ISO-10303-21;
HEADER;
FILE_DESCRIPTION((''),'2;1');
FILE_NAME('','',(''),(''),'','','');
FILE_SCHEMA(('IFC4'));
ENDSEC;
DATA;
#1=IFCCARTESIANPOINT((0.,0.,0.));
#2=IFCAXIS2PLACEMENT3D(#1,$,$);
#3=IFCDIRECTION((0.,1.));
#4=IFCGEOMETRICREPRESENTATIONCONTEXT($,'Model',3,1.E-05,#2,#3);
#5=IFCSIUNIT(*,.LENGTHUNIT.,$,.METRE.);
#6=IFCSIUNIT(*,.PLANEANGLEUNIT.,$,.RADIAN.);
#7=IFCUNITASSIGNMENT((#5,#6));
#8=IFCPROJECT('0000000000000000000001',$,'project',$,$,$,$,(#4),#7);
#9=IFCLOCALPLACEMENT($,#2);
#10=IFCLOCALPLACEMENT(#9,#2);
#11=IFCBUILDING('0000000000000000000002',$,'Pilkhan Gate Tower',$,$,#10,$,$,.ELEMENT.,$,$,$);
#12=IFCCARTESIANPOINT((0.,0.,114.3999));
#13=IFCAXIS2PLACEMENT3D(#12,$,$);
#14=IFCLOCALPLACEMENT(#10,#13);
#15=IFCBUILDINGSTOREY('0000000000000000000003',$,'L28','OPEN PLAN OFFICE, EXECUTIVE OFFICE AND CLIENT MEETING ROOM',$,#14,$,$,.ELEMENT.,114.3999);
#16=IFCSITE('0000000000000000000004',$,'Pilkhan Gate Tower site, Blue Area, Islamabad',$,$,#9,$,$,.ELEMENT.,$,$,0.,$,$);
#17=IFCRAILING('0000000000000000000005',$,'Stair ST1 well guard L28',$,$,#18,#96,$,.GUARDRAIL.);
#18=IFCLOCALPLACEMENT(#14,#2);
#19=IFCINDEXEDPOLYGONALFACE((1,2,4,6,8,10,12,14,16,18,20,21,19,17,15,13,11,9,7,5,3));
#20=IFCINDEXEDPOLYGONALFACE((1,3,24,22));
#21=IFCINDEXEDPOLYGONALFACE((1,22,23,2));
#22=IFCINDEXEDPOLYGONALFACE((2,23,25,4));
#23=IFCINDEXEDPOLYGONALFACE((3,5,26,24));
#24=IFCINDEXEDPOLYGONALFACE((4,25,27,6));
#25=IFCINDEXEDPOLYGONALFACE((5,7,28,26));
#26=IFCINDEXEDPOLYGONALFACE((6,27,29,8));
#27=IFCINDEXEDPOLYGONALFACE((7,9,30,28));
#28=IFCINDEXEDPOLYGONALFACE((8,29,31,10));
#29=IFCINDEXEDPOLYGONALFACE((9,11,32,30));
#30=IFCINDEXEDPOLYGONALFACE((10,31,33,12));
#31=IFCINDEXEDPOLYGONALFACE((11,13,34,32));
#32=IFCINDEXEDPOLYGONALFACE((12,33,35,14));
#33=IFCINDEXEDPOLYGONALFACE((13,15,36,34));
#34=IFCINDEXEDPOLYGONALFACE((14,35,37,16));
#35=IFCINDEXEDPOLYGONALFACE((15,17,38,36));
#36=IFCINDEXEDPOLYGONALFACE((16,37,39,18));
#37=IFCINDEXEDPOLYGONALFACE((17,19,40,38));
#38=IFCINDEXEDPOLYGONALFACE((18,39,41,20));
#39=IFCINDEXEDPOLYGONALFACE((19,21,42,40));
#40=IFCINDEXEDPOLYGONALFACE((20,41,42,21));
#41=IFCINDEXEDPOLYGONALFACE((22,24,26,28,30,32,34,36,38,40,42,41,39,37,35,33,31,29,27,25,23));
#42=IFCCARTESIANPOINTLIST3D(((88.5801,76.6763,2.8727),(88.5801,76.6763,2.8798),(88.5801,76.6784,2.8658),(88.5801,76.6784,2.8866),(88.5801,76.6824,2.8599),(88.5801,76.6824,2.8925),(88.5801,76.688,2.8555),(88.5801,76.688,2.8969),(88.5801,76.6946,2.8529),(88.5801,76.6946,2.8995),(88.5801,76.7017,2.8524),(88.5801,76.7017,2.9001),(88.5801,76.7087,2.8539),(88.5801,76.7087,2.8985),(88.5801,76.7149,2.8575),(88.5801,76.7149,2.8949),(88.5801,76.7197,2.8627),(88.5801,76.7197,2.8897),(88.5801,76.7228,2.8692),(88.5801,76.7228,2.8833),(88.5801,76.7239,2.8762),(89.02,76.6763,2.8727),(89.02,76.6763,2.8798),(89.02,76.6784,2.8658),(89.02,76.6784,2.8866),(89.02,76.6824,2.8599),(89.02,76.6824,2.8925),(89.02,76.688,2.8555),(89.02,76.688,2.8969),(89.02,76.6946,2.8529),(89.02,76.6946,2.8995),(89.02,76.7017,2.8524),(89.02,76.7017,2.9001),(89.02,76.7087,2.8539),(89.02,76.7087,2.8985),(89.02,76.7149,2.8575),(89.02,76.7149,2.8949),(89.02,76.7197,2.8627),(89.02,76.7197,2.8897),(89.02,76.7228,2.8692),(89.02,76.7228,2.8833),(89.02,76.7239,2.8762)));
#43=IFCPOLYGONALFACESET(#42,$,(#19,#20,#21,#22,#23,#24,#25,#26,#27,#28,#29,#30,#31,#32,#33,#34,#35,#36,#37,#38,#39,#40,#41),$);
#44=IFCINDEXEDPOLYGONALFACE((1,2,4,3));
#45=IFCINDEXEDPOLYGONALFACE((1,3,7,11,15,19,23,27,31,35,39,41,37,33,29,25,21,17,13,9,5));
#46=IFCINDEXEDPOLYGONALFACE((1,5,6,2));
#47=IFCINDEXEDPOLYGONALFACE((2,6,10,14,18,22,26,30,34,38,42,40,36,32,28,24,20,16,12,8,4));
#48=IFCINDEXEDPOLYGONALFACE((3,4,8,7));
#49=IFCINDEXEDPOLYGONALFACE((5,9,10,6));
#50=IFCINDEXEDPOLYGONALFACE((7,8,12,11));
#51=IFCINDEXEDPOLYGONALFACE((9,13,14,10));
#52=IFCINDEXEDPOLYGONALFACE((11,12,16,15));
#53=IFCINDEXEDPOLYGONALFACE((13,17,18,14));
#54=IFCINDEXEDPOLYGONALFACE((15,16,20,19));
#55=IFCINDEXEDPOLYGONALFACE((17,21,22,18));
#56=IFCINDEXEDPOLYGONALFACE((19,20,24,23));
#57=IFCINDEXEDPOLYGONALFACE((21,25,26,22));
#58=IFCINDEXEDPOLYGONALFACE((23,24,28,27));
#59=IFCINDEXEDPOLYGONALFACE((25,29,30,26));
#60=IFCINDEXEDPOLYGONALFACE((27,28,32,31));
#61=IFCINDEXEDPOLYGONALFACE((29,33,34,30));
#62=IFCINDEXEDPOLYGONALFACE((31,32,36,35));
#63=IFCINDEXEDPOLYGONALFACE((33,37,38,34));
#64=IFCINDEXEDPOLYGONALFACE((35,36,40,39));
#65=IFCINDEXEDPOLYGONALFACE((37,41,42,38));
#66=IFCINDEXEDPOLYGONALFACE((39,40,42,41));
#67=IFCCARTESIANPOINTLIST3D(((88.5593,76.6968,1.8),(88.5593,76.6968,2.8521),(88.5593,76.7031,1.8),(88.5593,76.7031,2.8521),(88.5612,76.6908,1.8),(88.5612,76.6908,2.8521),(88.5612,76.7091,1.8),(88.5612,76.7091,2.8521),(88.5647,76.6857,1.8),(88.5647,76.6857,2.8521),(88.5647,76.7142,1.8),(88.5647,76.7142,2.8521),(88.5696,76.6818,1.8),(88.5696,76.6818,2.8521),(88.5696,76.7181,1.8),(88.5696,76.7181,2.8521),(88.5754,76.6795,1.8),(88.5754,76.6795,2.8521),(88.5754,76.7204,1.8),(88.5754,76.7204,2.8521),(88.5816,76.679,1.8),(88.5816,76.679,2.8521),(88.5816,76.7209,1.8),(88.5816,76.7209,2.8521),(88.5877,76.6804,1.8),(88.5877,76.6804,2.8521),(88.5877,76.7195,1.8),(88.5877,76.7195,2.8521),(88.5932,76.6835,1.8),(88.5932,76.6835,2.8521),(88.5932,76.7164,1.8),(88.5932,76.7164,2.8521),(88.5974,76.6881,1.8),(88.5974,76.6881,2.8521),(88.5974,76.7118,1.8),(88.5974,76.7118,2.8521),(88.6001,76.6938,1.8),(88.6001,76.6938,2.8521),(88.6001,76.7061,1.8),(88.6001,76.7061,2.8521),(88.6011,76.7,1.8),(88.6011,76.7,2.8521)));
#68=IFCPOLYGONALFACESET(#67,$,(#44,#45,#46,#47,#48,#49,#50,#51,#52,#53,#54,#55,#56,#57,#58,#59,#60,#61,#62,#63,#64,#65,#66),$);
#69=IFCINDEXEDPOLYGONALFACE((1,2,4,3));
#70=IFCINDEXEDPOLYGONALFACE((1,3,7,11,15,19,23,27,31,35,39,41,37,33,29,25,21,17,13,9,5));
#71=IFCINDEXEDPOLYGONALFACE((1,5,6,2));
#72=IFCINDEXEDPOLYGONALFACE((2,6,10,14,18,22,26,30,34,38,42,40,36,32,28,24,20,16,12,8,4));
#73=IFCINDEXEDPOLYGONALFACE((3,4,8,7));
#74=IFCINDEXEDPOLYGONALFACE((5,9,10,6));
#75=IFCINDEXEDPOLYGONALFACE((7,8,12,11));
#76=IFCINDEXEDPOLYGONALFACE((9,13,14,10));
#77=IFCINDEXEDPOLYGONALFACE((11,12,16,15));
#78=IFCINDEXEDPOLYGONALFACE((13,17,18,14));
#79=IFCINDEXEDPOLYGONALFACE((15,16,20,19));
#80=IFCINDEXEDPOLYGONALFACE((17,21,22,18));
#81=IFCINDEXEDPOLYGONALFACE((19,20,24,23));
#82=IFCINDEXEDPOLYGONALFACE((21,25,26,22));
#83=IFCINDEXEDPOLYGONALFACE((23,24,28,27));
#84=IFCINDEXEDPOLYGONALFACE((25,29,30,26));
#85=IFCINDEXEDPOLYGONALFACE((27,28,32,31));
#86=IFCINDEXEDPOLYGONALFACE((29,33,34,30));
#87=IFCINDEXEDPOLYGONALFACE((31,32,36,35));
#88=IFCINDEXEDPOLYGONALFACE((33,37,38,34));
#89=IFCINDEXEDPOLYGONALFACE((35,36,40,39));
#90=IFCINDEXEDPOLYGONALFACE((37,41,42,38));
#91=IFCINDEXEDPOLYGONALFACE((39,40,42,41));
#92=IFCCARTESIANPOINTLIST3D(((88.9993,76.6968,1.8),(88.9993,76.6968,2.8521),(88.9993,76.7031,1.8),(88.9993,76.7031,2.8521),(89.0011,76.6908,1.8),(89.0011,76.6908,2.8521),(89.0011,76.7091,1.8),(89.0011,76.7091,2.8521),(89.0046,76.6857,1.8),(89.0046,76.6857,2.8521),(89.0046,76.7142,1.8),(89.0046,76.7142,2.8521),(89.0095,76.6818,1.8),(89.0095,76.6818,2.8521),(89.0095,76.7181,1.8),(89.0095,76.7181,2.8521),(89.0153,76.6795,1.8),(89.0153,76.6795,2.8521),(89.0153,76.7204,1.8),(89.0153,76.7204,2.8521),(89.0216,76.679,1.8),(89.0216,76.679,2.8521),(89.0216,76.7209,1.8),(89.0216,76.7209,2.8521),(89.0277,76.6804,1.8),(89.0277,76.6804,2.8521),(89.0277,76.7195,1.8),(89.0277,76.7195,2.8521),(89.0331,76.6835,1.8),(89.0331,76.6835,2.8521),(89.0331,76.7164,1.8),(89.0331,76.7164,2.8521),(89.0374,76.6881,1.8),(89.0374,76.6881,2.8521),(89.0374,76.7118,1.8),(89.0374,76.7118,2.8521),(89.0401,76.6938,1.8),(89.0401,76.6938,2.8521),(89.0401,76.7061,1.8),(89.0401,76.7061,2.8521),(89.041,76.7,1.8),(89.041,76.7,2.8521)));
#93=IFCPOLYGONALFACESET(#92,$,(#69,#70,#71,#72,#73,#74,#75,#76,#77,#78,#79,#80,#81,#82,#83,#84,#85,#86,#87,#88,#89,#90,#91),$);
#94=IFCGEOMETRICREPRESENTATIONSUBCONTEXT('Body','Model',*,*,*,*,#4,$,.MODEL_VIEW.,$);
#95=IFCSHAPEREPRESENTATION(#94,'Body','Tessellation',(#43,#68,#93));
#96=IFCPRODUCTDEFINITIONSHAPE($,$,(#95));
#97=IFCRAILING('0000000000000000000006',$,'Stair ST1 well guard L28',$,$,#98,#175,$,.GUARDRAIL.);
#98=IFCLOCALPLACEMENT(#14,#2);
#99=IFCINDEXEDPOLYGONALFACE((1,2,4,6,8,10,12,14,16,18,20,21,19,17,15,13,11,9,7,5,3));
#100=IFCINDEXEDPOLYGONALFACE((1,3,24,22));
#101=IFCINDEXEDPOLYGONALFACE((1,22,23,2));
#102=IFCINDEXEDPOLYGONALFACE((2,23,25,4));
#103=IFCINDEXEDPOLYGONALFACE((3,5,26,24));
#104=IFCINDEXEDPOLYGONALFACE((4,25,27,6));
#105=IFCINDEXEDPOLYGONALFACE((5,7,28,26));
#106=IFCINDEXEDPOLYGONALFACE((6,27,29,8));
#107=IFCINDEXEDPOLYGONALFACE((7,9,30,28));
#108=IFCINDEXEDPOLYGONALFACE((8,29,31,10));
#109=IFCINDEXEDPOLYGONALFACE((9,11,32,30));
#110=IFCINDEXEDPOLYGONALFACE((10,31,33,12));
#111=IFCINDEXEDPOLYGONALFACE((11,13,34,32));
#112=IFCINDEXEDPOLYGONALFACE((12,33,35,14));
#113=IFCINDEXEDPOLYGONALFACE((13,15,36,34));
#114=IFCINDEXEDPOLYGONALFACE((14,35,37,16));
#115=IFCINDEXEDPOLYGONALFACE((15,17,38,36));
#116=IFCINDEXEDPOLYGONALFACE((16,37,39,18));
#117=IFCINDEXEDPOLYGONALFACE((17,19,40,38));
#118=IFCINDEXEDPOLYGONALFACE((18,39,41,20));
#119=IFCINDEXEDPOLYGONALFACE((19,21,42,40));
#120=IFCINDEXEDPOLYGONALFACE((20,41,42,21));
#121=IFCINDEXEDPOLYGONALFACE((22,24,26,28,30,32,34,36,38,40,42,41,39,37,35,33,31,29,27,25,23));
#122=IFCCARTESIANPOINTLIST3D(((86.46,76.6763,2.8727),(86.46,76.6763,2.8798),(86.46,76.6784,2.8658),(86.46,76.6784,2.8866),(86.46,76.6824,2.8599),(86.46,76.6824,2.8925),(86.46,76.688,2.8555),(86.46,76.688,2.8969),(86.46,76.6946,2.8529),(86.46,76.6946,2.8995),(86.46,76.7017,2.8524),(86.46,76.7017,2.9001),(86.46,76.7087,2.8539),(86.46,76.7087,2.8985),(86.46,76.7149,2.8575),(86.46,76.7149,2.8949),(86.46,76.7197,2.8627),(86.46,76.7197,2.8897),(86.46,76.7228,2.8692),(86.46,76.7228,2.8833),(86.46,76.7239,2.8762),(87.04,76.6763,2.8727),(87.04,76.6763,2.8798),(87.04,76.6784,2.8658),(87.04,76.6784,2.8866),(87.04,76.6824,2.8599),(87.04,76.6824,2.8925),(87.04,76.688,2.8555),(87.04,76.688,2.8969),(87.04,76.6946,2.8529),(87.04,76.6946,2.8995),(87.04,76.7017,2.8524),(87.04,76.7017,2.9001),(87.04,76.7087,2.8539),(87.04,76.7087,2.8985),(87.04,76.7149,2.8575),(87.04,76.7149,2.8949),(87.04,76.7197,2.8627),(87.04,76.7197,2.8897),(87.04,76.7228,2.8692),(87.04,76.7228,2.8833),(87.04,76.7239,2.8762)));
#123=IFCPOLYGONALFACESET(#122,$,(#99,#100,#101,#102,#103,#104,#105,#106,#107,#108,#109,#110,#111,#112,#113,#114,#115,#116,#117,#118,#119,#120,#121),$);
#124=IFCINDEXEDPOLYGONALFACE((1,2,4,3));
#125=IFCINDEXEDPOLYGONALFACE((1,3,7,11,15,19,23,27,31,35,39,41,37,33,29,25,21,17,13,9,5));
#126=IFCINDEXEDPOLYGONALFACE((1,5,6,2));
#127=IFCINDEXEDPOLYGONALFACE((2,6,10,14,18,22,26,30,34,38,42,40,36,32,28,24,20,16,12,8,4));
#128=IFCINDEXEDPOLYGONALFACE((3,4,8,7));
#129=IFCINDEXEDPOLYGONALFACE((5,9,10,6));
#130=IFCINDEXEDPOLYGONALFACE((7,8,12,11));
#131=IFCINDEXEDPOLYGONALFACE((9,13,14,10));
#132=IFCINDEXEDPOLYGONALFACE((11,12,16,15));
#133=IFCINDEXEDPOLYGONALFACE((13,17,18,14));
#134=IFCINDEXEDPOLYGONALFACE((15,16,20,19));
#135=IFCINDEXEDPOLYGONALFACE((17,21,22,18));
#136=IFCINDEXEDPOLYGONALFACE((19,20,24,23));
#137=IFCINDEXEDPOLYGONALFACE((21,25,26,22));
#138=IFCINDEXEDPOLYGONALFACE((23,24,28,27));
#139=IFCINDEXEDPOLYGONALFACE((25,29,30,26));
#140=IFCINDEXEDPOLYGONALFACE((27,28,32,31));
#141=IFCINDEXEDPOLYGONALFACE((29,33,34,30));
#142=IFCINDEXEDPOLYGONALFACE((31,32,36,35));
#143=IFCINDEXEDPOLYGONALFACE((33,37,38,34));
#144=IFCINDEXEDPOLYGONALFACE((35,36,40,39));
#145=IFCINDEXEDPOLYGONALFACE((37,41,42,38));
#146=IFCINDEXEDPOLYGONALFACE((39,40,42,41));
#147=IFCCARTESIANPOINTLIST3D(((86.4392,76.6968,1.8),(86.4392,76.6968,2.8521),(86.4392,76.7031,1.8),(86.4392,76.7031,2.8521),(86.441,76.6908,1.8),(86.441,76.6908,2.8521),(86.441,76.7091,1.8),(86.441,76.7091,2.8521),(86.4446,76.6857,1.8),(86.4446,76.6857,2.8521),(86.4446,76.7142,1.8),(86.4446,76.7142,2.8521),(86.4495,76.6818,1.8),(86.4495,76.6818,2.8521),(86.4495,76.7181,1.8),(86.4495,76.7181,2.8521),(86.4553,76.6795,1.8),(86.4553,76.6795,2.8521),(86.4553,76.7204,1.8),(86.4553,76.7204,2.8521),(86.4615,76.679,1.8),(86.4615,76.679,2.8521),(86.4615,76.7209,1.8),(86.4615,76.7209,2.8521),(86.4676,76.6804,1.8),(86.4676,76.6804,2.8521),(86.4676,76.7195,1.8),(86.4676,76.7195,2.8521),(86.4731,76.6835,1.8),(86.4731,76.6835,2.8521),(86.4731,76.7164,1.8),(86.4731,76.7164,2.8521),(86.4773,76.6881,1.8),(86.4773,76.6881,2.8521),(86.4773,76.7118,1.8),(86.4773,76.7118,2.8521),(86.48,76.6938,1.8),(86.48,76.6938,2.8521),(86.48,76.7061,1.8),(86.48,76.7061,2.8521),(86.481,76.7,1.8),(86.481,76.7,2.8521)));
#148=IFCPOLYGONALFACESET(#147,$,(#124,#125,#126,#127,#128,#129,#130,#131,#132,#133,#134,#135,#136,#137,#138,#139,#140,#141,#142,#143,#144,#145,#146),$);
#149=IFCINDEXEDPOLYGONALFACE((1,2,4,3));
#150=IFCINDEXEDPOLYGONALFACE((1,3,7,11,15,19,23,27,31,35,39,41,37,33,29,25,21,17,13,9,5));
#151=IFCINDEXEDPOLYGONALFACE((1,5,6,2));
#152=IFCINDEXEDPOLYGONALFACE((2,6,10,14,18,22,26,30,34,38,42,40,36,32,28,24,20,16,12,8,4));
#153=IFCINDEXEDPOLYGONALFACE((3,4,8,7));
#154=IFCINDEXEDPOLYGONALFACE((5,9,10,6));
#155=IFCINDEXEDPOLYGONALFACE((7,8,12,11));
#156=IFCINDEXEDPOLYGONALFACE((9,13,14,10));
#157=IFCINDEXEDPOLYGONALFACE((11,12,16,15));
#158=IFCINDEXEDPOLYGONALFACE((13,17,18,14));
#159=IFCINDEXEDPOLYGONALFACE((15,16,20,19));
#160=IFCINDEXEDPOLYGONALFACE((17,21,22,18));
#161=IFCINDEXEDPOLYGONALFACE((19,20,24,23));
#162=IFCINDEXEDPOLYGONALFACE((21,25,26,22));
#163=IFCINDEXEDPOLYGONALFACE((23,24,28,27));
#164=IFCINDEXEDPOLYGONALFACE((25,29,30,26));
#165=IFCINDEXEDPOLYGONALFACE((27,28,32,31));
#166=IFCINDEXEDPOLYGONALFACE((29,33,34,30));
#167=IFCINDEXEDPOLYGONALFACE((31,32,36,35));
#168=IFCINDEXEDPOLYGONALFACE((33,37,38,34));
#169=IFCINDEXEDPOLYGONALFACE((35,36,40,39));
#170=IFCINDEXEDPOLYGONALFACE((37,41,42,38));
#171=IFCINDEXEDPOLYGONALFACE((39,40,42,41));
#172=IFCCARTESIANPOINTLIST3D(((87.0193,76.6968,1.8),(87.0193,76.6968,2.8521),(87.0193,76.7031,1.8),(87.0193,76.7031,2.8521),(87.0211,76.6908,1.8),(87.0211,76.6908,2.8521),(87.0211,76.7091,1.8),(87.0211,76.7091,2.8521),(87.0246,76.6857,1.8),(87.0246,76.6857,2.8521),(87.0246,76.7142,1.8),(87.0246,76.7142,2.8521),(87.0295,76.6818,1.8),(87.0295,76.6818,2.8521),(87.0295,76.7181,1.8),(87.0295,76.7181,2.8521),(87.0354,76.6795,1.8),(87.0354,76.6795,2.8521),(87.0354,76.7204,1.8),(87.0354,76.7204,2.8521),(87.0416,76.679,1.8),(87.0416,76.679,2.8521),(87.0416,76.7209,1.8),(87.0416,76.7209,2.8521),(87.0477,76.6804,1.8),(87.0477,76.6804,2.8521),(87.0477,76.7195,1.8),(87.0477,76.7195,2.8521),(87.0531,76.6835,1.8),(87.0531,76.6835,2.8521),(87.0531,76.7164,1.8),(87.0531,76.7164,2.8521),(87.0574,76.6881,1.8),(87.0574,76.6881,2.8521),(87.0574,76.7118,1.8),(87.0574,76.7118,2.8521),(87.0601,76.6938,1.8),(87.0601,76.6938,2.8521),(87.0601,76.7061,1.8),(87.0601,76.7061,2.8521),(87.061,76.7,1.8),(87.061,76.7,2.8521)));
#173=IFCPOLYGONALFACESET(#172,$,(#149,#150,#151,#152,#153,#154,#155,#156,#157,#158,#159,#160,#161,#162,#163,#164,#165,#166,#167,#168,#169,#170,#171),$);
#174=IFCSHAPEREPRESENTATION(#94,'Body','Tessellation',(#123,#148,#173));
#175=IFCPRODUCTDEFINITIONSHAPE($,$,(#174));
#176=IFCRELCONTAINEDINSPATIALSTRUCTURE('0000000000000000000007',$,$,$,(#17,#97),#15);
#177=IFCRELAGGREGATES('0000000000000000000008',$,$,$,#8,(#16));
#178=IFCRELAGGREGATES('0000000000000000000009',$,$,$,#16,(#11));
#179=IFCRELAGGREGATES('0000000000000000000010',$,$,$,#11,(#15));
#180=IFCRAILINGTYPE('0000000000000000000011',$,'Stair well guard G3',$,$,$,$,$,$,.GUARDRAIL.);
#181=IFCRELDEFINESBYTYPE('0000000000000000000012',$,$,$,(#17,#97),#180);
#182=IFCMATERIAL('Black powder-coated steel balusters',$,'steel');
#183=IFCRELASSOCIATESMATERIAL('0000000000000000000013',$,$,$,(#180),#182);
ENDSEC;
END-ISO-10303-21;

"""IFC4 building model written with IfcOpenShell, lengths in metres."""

from ifc_helpers import new_model, si_unit, direction, frame, origin, origin_2d, place, context, subcontext, project, spatial, circle, extrude, material, type_object, element, save


model = new_model("IFC4")

# Units and contexts
model_context = context("Model", 3, precision=1e-05, world=origin(), true_north=direction((0.0, 1.0)))
body_context = subcontext(model_context, "Body", "Model", "MODEL_VIEW")
ifc_project = project(units=[si_unit("LENGTHUNIT", "METRE"), si_unit("PLANEANGLEUNIT", "RADIAN")], contexts=[model_context])

# Site, building, storey
site_placement = place(None, origin())
site = spatial("IfcSite", under=ifc_project, at=site_placement, Name="Pilkhan Gate Tower site, Blue Area, Islamabad", CompositionType="ELEMENT", RefElevation=0.0)
building_placement = place(site_placement, origin())
building = spatial("IfcBuilding", under=site, at=building_placement, Name="Pilkhan Gate Tower", CompositionType="ELEMENT")
storey_placement = place(building_placement, frame((0.0, 0.0, 114.3999)))
storey = spatial("IfcBuildingStorey", under=building, at=storey_placement, Name="L28", Description="OPEN PLAN OFFICE, EXECUTIVE OFFICE AND CLIENT MEETING ROOM", CompositionType="ELEMENT", Elevation=114.3999)

# Railings
ifc_material_1 = material(Name="Black powder-coated steel balusters", Category="steel")
railing_type_1 = type_object("IfcRailingType", Name="Stair well guard G3", PredefinedType="GUARDRAIL", material=ifc_material_1)
railing_1_placement = place(storey_placement, frame((88.5801, 76.7, 1.8)))
element("IfcRailing", 1, at=railing_1_placement, inside=storey, type_object=railing_type_1, Name="Stair ST1 well guard L28", PredefinedType="GUARDRAIL", context=body_context, shape_type="SweptSolid", body=[
    extrude(circle(Radius=0.0239, at=origin_2d()), frame((0.0, 0.0, 1.0762), z_axis=(1.0, 0.0, 0.0), x_axis=(0.0, 1.0, 0.0)), (0.0, 0.0, 1.0), 0.4399),
    extrude(circle(Radius=0.021, at=origin_2d()), origin(), (0.0, 0.0, 1.0), 1.052),
    extrude(circle(Radius=0.021, at=origin_2d()), frame((0.4399, 0.0, 0.0)), (0.0, 0.0, 1.0), 1.052),
])
railing_2_placement = place(storey_placement, frame((86.46, 76.7, 1.8)))
element("IfcRailing", 2, at=railing_2_placement, inside=storey, type_object=railing_type_1, Name="Stair ST1 well guard L28", PredefinedType="GUARDRAIL", context=body_context, shape_type="SweptSolid", body=[
    extrude(circle(Radius=0.0239, at=origin_2d()), frame((0.0, 0.0, 1.0762), z_axis=(1.0, 0.0, 0.0), x_axis=(0.0, 1.0, 0.0)), (0.0, 0.0, 1.0), 0.5801),
    extrude(circle(Radius=0.021, at=origin_2d()), origin(), (0.0, 0.0, 1.0), 1.052),
    extrude(circle(Radius=0.021, at=origin_2d()), frame((0.5801, 0.0, 0.0)), (0.0, 0.0, 1.0), 1.052),
])

save(model, "model.ifc")
